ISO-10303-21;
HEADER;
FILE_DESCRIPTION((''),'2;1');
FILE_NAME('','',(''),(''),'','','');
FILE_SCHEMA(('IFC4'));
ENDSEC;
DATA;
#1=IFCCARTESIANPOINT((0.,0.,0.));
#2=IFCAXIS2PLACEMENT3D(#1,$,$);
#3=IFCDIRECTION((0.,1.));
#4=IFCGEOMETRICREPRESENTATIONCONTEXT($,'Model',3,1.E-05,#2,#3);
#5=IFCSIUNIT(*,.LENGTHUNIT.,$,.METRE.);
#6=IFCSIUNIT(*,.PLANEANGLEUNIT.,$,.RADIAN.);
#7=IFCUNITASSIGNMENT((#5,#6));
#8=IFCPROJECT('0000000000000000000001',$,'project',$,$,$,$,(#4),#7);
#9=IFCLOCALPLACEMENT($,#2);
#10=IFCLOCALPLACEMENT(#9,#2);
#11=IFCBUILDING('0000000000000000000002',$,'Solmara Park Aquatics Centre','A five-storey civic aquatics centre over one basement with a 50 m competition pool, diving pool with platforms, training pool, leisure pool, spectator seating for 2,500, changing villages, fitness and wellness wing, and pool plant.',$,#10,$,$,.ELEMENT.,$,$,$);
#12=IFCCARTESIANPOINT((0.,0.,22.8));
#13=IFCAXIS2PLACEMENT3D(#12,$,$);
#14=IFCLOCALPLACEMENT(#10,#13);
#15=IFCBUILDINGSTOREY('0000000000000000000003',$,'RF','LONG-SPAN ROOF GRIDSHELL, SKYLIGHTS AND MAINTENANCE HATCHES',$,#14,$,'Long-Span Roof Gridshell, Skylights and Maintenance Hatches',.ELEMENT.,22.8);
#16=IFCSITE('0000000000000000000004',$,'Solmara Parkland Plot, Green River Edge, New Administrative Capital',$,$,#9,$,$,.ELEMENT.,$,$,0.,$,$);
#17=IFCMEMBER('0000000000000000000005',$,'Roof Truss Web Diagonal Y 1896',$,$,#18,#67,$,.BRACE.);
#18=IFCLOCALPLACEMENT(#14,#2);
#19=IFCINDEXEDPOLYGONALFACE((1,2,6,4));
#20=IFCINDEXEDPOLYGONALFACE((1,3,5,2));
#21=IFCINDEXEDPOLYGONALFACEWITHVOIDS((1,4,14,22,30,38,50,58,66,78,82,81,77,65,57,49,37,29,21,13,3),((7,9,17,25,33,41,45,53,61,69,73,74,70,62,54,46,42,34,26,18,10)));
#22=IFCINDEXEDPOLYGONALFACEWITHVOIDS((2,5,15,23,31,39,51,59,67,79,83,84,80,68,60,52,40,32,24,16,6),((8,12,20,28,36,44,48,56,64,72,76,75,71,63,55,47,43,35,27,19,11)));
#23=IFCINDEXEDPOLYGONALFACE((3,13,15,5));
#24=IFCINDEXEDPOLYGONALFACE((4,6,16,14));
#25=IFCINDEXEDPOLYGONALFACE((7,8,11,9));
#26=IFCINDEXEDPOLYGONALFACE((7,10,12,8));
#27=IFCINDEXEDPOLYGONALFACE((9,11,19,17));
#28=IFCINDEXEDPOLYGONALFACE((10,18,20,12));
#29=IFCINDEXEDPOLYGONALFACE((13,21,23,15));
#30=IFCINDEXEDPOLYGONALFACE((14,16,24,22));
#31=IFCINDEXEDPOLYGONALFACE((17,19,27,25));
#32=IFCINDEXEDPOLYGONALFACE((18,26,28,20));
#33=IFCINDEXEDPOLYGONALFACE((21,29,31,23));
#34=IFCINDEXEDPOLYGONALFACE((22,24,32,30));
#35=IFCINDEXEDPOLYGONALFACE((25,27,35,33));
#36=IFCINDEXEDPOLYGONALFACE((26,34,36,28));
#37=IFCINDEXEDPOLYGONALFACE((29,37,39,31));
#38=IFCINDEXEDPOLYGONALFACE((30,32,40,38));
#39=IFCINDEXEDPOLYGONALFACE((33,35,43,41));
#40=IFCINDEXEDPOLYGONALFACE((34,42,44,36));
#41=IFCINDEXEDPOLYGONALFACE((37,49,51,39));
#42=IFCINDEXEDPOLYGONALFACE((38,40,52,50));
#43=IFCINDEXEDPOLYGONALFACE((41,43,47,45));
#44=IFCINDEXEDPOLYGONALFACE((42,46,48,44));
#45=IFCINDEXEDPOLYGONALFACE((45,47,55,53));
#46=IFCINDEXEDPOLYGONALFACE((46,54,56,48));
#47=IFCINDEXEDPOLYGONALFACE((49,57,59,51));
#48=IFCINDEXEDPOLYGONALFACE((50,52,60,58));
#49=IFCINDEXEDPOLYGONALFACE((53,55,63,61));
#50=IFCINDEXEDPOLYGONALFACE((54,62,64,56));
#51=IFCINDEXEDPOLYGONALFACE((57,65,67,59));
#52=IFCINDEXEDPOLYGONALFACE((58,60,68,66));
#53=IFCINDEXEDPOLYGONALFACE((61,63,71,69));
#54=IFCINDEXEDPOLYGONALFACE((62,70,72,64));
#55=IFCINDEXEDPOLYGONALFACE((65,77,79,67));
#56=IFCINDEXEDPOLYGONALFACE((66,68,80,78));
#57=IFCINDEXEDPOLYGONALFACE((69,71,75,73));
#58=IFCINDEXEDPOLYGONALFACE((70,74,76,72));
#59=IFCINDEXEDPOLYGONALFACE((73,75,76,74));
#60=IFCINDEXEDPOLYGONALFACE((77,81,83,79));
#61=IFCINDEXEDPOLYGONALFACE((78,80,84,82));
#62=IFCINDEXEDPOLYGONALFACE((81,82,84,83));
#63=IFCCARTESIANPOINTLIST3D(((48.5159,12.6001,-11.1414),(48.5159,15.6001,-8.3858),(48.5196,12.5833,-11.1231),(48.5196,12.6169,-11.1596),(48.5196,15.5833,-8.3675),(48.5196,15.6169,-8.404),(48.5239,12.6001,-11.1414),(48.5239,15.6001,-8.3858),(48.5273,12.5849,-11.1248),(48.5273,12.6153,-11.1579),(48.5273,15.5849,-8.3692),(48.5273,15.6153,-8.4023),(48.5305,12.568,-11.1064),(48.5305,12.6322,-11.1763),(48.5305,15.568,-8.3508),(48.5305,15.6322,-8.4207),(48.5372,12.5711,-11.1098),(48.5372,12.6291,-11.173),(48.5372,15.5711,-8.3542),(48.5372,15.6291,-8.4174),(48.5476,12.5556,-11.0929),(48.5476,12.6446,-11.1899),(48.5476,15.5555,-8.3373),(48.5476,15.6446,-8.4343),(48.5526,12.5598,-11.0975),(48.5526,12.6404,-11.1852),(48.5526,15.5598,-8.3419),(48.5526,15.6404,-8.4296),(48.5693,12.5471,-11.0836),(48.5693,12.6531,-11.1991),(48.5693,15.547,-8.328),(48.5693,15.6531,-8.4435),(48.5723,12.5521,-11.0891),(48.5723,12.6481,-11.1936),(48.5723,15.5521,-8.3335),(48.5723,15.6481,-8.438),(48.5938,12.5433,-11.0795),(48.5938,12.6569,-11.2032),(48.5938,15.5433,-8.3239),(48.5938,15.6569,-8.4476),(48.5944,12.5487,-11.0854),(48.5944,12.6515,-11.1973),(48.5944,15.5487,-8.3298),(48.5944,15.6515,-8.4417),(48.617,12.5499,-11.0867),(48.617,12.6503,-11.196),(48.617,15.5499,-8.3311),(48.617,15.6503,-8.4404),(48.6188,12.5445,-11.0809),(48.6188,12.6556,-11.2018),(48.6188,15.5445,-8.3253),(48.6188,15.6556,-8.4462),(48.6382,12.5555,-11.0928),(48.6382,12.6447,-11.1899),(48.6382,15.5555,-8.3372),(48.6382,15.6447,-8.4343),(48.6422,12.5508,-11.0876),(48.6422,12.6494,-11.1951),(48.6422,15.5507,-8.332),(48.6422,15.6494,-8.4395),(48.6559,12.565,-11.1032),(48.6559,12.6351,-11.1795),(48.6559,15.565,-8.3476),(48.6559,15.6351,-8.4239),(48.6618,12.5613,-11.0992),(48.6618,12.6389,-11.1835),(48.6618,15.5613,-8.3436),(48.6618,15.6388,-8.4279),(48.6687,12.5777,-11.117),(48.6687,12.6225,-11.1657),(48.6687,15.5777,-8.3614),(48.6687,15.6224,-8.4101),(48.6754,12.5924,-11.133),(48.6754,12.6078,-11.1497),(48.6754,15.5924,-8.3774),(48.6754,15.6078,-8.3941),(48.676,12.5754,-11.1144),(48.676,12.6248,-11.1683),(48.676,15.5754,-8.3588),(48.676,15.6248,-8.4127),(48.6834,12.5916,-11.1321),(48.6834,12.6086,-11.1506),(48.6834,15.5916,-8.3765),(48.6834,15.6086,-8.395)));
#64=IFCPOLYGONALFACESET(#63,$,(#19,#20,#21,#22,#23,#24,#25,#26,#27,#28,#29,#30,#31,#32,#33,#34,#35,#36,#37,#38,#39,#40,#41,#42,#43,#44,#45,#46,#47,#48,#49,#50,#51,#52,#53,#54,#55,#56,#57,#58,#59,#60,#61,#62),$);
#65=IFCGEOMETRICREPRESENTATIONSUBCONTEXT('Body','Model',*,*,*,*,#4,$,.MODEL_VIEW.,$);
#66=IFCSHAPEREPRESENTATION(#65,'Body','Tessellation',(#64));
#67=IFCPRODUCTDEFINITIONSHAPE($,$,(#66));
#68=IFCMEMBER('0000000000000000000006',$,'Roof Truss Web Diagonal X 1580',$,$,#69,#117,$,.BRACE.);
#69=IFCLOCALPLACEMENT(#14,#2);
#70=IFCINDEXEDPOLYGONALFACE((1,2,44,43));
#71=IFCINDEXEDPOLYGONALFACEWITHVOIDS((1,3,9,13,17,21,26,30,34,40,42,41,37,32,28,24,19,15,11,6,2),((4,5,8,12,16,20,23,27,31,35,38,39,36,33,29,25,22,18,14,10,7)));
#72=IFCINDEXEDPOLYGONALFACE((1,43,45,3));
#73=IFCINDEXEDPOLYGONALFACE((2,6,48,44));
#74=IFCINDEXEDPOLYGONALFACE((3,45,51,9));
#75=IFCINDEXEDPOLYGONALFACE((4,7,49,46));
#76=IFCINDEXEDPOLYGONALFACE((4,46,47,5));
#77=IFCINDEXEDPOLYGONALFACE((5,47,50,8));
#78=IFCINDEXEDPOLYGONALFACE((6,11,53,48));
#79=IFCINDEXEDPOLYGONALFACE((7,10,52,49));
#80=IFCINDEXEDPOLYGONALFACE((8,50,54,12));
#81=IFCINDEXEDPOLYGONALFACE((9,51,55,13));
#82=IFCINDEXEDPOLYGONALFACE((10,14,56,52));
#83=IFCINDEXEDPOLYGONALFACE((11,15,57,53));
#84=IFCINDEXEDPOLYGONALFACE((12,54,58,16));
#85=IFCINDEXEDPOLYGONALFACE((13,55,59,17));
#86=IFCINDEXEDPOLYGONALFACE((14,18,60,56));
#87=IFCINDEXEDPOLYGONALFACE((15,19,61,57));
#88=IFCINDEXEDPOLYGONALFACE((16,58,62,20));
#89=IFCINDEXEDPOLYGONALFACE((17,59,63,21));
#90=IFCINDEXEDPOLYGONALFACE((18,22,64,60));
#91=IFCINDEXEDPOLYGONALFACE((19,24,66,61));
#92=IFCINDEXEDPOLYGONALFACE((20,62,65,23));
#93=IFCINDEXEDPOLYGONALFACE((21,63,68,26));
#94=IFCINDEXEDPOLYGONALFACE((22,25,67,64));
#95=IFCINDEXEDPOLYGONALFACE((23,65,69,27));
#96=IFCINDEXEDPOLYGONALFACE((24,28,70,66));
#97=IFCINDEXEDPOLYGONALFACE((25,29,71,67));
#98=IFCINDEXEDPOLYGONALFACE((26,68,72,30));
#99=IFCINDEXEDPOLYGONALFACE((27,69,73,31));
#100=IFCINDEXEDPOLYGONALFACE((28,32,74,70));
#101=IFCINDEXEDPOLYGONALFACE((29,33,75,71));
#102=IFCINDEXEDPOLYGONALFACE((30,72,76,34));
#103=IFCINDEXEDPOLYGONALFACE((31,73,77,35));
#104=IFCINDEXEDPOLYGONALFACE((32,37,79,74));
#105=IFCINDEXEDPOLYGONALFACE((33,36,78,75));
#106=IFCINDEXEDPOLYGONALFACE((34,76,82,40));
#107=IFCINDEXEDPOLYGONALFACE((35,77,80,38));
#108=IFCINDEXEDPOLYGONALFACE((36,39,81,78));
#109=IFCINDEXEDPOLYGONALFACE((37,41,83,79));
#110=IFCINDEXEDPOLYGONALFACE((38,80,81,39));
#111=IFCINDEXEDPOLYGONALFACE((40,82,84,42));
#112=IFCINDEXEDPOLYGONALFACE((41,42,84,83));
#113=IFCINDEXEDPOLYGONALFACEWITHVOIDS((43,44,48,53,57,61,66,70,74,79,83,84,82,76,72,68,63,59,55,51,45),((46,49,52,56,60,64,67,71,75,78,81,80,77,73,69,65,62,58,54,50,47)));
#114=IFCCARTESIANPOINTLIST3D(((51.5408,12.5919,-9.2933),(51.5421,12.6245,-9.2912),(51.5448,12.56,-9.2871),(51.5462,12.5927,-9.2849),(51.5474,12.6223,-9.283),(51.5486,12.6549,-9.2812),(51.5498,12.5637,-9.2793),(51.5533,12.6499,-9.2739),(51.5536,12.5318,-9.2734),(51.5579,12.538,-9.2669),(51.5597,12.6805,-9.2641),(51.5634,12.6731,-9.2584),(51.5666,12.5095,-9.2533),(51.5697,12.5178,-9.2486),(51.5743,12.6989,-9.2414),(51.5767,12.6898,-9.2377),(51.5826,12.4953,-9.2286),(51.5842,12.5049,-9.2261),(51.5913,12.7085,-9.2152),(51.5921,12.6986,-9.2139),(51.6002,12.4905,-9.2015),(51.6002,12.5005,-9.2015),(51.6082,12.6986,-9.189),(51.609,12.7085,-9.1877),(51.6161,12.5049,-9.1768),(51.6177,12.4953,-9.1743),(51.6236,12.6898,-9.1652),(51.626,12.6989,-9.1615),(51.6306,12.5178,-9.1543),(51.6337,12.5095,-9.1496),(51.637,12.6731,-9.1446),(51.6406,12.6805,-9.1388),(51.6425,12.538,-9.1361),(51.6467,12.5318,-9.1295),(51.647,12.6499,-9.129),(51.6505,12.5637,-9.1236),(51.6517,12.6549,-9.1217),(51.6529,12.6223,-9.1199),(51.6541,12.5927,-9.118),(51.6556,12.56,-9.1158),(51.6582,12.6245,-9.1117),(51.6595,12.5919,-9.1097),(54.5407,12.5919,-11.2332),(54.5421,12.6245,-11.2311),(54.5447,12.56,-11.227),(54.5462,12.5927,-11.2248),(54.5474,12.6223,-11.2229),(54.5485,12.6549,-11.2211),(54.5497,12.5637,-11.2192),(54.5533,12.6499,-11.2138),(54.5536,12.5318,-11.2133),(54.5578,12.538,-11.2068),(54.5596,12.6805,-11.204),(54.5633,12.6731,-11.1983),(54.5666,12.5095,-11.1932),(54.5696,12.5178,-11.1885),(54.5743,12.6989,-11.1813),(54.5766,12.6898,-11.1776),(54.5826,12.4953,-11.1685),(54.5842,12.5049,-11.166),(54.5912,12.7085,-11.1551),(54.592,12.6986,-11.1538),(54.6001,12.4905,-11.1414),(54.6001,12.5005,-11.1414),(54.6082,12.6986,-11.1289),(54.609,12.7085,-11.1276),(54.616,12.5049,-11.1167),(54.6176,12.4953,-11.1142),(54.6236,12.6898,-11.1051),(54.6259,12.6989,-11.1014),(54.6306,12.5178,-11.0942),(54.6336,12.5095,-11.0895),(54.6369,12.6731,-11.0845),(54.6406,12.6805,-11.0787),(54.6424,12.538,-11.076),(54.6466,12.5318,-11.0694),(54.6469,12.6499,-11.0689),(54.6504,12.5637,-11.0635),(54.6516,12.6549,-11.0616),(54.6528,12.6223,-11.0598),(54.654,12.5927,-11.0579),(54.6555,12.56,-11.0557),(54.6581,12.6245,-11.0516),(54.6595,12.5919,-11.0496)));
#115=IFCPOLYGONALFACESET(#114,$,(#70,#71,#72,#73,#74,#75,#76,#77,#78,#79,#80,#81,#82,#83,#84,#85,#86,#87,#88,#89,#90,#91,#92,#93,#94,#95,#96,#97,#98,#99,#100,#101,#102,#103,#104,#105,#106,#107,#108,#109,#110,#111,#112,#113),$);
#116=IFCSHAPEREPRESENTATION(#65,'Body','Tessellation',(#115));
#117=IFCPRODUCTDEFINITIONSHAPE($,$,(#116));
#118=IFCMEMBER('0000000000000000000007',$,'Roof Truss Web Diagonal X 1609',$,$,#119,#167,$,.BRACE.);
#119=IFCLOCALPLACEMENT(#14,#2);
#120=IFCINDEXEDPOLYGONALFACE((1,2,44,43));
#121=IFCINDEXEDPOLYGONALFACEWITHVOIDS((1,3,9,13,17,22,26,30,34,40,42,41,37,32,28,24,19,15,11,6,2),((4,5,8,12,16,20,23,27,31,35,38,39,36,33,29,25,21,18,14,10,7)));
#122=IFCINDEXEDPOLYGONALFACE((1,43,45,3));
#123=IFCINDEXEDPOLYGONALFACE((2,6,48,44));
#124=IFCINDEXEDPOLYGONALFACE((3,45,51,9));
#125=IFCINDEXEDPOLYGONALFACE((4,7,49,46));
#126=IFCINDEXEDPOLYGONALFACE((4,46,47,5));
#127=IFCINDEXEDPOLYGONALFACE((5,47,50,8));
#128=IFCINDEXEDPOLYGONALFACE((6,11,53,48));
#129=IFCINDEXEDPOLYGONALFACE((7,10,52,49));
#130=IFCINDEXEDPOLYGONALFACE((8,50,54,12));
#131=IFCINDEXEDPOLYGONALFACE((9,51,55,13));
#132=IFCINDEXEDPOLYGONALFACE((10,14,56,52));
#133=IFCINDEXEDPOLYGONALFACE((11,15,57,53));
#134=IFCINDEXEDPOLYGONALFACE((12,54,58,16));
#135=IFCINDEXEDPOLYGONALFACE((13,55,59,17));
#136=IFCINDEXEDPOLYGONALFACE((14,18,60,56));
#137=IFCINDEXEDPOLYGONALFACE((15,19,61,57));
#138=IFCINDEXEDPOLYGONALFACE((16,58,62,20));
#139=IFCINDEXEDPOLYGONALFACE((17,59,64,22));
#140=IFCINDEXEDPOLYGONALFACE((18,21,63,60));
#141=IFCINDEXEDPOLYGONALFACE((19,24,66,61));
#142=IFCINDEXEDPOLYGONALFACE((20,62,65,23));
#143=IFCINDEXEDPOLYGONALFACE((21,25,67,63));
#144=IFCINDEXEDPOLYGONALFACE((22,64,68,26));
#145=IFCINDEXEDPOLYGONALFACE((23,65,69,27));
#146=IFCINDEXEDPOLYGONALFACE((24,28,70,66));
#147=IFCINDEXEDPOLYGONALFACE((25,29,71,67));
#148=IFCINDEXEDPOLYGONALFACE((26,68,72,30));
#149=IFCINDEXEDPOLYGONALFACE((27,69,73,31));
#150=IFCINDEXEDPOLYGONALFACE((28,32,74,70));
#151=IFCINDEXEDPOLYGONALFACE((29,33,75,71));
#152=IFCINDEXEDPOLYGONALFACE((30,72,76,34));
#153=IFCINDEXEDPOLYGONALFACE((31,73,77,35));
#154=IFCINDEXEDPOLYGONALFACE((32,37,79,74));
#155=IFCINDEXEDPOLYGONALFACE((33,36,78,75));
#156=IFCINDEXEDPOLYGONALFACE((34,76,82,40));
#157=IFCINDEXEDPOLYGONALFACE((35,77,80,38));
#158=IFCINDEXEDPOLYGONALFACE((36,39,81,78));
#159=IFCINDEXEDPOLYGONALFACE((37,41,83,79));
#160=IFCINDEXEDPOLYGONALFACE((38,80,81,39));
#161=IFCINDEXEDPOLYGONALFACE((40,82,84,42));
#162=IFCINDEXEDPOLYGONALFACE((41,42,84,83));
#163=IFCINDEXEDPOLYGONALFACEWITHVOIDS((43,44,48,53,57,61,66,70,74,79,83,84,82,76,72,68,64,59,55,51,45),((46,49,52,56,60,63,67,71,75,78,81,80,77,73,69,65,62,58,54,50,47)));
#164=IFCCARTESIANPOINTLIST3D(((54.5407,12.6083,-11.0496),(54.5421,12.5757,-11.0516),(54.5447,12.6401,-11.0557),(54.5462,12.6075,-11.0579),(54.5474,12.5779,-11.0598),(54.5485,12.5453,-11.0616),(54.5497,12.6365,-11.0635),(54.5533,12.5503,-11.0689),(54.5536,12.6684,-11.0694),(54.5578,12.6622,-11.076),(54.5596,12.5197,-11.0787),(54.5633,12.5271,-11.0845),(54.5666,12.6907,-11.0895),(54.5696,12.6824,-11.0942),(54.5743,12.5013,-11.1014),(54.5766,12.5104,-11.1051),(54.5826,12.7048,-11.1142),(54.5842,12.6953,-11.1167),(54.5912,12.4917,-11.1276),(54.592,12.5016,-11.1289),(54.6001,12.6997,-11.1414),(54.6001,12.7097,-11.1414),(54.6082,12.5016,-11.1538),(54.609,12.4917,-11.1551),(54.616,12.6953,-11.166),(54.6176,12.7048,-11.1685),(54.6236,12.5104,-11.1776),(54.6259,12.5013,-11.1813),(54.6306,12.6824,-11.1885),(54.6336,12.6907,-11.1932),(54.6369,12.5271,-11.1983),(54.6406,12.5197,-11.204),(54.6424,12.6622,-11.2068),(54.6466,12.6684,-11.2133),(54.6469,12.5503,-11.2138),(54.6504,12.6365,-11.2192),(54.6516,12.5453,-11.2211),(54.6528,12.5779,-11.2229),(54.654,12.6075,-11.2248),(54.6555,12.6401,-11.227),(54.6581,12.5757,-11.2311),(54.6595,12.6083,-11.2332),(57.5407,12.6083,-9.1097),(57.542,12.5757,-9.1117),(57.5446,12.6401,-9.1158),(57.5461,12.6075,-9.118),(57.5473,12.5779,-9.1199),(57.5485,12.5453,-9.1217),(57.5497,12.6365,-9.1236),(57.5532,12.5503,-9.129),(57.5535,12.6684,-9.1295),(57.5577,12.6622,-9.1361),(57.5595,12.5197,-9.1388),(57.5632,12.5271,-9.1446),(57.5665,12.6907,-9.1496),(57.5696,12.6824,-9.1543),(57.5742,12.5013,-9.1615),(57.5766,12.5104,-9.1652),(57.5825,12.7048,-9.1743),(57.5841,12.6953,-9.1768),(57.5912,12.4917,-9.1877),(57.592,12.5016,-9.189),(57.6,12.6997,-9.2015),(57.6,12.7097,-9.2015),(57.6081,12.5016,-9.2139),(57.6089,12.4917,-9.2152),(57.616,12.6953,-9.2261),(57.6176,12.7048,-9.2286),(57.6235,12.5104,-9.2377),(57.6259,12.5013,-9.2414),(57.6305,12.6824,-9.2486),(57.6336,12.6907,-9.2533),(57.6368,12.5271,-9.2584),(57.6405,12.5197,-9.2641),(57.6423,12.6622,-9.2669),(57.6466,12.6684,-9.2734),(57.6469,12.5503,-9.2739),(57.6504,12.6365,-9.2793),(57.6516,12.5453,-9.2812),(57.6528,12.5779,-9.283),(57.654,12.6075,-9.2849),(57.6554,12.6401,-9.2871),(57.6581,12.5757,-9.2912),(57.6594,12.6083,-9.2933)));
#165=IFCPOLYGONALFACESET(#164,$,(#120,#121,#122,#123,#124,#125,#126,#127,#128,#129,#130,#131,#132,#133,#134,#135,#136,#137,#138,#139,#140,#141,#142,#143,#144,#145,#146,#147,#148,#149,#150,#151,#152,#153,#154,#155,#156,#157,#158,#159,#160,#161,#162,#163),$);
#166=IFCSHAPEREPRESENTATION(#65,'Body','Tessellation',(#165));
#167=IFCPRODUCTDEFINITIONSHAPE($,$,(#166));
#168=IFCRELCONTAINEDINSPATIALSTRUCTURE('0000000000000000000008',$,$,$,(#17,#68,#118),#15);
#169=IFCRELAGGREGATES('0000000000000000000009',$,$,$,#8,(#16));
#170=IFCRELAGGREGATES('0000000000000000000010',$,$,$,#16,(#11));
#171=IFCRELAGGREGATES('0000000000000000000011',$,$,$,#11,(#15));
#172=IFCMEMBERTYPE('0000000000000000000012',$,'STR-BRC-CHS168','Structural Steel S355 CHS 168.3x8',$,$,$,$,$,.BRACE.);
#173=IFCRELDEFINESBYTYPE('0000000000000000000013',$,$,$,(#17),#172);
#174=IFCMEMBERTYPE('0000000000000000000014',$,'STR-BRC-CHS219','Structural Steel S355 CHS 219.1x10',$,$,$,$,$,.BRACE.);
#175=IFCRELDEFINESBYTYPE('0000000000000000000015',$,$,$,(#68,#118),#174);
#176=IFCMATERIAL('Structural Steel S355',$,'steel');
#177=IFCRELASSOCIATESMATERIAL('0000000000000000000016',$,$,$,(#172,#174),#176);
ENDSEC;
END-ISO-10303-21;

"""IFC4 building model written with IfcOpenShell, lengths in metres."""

from ifc_helpers import new_model, si_unit, direction, frame, origin, origin_2d, place, context, subcontext, project, spatial, hollow_circle, extrude, material, material_profile, profile_set, type_object, element, save


model = new_model("IFC4")

# Units and contexts
model_context = context("Model", 3, precision=1e-05, world=origin(), true_north=direction((0.0, 1.0)))
body_context = subcontext(model_context, "Body", "Model", "MODEL_VIEW")
ifc_project = project(units=[si_unit("LENGTHUNIT", "METRE"), si_unit("PLANEANGLEUNIT", "RADIAN")], contexts=[model_context])

# Site, building, storey
site_placement = place(None, origin())
site = spatial("IfcSite", under=ifc_project, at=site_placement, Name="Solmara Parkland Plot, Green River Edge, New Administrative Capital", CompositionType="ELEMENT", RefElevation=0.0)
building_placement = place(site_placement, origin())
building = spatial("IfcBuilding", under=site, at=building_placement, Name="Solmara Park Aquatics Centre", Description="A five-storey civic aquatics centre over one basement with a 50 m competition pool, diving pool with platforms, training pool, leisure pool, spectator seating for 2,500, changing villages, fitness and wellness wing, and pool plant.", CompositionType="ELEMENT")
storey_placement = place(building_placement, frame((0.0, 0.0, 22.8)))
storey = spatial("IfcBuildingStorey", under=building, at=storey_placement, Name="RF", Description="LONG-SPAN ROOF GRIDSHELL, SKYLIGHTS AND MAINTENANCE HATCHES", LongName="Long-Span Roof Gridshell, Skylights and Maintenance Hatches", CompositionType="ELEMENT", Elevation=22.8)

# Members
ifc_material_1 = material(Name="Structural Steel S355", Category="steel")
ifc_material_profile_1 = material_profile(ifc_material_1, hollow_circle(Radius=0.0842, WallThickness=0.0081, at=origin_2d()), Name="CHS 168.3x8")
ifc_profile_set_1 = profile_set([ifc_material_profile_1], Name="Structural Steel S355")
member_type_1 = type_object("IfcMemberType", Name="STR-BRC-CHS168", Description="Structural Steel S355 CHS 168.3x8", PredefinedType="BRACE", material=ifc_profile_set_1)
member_1_placement = place(storey_placement, frame((48.6001, 12.6001, -11.1414), z_axis=(0.0, 0.736467, 0.676473), x_axis=(-1.0, 0.0, 0.0)))
element("IfcMember", 1, at=member_1_placement, inside=storey, type_object=member_type_1, Name="Roof Truss Web Diagonal Y 1896", PredefinedType="BRACE", context=body_context, shape_type="SweptSolid", body=[
    extrude(hollow_circle(Radius=0.0842, WallThickness=0.0081, at=origin_2d()), origin(), (0.0, 0.0, 1.0), 4.0735),
])
ifc_material_profile_2 = material_profile(ifc_material_1, hollow_circle(Radius=0.1096, WallThickness=0.01, at=origin_2d()), Name="CHS 219.1x10")
ifc_profile_set_2 = profile_set([ifc_material_profile_2], Name="Structural Steel S355")
member_type_2 = type_object("IfcMemberType", Name="STR-BRC-CHS219", Description="Structural Steel S355 CHS 219.1x10", PredefinedType="BRACE", material=ifc_profile_set_2)
for number, where, z_axis, x_axis, name in (
    (2, (54.6001, 12.6001, -11.1414), (-0.839728, 0.0, 0.543008), (0.0, -1.0, 0.0), "Roof Truss Web Diagonal X 1580"),
    (3, (54.6001, 12.6001, -11.1414), (0.839728, 0.0, 0.543008), (0.0, 1.0, 0.0), "Roof Truss Web Diagonal X 1609"),
):
    element("IfcMember", number, at=place(storey_placement, frame(where, z_axis=z_axis, x_axis=x_axis)), inside=storey, type_object=member_type_2, Name=name, PredefinedType="BRACE", context=body_context, shape_type="SweptSolid", body=[
        extrude(hollow_circle(Radius=0.1096, WallThickness=0.01, at=origin_2d()), origin(), (0.0, 0.0, 1.0), 3.5725),
    ])

save(model, "model.ifc")
